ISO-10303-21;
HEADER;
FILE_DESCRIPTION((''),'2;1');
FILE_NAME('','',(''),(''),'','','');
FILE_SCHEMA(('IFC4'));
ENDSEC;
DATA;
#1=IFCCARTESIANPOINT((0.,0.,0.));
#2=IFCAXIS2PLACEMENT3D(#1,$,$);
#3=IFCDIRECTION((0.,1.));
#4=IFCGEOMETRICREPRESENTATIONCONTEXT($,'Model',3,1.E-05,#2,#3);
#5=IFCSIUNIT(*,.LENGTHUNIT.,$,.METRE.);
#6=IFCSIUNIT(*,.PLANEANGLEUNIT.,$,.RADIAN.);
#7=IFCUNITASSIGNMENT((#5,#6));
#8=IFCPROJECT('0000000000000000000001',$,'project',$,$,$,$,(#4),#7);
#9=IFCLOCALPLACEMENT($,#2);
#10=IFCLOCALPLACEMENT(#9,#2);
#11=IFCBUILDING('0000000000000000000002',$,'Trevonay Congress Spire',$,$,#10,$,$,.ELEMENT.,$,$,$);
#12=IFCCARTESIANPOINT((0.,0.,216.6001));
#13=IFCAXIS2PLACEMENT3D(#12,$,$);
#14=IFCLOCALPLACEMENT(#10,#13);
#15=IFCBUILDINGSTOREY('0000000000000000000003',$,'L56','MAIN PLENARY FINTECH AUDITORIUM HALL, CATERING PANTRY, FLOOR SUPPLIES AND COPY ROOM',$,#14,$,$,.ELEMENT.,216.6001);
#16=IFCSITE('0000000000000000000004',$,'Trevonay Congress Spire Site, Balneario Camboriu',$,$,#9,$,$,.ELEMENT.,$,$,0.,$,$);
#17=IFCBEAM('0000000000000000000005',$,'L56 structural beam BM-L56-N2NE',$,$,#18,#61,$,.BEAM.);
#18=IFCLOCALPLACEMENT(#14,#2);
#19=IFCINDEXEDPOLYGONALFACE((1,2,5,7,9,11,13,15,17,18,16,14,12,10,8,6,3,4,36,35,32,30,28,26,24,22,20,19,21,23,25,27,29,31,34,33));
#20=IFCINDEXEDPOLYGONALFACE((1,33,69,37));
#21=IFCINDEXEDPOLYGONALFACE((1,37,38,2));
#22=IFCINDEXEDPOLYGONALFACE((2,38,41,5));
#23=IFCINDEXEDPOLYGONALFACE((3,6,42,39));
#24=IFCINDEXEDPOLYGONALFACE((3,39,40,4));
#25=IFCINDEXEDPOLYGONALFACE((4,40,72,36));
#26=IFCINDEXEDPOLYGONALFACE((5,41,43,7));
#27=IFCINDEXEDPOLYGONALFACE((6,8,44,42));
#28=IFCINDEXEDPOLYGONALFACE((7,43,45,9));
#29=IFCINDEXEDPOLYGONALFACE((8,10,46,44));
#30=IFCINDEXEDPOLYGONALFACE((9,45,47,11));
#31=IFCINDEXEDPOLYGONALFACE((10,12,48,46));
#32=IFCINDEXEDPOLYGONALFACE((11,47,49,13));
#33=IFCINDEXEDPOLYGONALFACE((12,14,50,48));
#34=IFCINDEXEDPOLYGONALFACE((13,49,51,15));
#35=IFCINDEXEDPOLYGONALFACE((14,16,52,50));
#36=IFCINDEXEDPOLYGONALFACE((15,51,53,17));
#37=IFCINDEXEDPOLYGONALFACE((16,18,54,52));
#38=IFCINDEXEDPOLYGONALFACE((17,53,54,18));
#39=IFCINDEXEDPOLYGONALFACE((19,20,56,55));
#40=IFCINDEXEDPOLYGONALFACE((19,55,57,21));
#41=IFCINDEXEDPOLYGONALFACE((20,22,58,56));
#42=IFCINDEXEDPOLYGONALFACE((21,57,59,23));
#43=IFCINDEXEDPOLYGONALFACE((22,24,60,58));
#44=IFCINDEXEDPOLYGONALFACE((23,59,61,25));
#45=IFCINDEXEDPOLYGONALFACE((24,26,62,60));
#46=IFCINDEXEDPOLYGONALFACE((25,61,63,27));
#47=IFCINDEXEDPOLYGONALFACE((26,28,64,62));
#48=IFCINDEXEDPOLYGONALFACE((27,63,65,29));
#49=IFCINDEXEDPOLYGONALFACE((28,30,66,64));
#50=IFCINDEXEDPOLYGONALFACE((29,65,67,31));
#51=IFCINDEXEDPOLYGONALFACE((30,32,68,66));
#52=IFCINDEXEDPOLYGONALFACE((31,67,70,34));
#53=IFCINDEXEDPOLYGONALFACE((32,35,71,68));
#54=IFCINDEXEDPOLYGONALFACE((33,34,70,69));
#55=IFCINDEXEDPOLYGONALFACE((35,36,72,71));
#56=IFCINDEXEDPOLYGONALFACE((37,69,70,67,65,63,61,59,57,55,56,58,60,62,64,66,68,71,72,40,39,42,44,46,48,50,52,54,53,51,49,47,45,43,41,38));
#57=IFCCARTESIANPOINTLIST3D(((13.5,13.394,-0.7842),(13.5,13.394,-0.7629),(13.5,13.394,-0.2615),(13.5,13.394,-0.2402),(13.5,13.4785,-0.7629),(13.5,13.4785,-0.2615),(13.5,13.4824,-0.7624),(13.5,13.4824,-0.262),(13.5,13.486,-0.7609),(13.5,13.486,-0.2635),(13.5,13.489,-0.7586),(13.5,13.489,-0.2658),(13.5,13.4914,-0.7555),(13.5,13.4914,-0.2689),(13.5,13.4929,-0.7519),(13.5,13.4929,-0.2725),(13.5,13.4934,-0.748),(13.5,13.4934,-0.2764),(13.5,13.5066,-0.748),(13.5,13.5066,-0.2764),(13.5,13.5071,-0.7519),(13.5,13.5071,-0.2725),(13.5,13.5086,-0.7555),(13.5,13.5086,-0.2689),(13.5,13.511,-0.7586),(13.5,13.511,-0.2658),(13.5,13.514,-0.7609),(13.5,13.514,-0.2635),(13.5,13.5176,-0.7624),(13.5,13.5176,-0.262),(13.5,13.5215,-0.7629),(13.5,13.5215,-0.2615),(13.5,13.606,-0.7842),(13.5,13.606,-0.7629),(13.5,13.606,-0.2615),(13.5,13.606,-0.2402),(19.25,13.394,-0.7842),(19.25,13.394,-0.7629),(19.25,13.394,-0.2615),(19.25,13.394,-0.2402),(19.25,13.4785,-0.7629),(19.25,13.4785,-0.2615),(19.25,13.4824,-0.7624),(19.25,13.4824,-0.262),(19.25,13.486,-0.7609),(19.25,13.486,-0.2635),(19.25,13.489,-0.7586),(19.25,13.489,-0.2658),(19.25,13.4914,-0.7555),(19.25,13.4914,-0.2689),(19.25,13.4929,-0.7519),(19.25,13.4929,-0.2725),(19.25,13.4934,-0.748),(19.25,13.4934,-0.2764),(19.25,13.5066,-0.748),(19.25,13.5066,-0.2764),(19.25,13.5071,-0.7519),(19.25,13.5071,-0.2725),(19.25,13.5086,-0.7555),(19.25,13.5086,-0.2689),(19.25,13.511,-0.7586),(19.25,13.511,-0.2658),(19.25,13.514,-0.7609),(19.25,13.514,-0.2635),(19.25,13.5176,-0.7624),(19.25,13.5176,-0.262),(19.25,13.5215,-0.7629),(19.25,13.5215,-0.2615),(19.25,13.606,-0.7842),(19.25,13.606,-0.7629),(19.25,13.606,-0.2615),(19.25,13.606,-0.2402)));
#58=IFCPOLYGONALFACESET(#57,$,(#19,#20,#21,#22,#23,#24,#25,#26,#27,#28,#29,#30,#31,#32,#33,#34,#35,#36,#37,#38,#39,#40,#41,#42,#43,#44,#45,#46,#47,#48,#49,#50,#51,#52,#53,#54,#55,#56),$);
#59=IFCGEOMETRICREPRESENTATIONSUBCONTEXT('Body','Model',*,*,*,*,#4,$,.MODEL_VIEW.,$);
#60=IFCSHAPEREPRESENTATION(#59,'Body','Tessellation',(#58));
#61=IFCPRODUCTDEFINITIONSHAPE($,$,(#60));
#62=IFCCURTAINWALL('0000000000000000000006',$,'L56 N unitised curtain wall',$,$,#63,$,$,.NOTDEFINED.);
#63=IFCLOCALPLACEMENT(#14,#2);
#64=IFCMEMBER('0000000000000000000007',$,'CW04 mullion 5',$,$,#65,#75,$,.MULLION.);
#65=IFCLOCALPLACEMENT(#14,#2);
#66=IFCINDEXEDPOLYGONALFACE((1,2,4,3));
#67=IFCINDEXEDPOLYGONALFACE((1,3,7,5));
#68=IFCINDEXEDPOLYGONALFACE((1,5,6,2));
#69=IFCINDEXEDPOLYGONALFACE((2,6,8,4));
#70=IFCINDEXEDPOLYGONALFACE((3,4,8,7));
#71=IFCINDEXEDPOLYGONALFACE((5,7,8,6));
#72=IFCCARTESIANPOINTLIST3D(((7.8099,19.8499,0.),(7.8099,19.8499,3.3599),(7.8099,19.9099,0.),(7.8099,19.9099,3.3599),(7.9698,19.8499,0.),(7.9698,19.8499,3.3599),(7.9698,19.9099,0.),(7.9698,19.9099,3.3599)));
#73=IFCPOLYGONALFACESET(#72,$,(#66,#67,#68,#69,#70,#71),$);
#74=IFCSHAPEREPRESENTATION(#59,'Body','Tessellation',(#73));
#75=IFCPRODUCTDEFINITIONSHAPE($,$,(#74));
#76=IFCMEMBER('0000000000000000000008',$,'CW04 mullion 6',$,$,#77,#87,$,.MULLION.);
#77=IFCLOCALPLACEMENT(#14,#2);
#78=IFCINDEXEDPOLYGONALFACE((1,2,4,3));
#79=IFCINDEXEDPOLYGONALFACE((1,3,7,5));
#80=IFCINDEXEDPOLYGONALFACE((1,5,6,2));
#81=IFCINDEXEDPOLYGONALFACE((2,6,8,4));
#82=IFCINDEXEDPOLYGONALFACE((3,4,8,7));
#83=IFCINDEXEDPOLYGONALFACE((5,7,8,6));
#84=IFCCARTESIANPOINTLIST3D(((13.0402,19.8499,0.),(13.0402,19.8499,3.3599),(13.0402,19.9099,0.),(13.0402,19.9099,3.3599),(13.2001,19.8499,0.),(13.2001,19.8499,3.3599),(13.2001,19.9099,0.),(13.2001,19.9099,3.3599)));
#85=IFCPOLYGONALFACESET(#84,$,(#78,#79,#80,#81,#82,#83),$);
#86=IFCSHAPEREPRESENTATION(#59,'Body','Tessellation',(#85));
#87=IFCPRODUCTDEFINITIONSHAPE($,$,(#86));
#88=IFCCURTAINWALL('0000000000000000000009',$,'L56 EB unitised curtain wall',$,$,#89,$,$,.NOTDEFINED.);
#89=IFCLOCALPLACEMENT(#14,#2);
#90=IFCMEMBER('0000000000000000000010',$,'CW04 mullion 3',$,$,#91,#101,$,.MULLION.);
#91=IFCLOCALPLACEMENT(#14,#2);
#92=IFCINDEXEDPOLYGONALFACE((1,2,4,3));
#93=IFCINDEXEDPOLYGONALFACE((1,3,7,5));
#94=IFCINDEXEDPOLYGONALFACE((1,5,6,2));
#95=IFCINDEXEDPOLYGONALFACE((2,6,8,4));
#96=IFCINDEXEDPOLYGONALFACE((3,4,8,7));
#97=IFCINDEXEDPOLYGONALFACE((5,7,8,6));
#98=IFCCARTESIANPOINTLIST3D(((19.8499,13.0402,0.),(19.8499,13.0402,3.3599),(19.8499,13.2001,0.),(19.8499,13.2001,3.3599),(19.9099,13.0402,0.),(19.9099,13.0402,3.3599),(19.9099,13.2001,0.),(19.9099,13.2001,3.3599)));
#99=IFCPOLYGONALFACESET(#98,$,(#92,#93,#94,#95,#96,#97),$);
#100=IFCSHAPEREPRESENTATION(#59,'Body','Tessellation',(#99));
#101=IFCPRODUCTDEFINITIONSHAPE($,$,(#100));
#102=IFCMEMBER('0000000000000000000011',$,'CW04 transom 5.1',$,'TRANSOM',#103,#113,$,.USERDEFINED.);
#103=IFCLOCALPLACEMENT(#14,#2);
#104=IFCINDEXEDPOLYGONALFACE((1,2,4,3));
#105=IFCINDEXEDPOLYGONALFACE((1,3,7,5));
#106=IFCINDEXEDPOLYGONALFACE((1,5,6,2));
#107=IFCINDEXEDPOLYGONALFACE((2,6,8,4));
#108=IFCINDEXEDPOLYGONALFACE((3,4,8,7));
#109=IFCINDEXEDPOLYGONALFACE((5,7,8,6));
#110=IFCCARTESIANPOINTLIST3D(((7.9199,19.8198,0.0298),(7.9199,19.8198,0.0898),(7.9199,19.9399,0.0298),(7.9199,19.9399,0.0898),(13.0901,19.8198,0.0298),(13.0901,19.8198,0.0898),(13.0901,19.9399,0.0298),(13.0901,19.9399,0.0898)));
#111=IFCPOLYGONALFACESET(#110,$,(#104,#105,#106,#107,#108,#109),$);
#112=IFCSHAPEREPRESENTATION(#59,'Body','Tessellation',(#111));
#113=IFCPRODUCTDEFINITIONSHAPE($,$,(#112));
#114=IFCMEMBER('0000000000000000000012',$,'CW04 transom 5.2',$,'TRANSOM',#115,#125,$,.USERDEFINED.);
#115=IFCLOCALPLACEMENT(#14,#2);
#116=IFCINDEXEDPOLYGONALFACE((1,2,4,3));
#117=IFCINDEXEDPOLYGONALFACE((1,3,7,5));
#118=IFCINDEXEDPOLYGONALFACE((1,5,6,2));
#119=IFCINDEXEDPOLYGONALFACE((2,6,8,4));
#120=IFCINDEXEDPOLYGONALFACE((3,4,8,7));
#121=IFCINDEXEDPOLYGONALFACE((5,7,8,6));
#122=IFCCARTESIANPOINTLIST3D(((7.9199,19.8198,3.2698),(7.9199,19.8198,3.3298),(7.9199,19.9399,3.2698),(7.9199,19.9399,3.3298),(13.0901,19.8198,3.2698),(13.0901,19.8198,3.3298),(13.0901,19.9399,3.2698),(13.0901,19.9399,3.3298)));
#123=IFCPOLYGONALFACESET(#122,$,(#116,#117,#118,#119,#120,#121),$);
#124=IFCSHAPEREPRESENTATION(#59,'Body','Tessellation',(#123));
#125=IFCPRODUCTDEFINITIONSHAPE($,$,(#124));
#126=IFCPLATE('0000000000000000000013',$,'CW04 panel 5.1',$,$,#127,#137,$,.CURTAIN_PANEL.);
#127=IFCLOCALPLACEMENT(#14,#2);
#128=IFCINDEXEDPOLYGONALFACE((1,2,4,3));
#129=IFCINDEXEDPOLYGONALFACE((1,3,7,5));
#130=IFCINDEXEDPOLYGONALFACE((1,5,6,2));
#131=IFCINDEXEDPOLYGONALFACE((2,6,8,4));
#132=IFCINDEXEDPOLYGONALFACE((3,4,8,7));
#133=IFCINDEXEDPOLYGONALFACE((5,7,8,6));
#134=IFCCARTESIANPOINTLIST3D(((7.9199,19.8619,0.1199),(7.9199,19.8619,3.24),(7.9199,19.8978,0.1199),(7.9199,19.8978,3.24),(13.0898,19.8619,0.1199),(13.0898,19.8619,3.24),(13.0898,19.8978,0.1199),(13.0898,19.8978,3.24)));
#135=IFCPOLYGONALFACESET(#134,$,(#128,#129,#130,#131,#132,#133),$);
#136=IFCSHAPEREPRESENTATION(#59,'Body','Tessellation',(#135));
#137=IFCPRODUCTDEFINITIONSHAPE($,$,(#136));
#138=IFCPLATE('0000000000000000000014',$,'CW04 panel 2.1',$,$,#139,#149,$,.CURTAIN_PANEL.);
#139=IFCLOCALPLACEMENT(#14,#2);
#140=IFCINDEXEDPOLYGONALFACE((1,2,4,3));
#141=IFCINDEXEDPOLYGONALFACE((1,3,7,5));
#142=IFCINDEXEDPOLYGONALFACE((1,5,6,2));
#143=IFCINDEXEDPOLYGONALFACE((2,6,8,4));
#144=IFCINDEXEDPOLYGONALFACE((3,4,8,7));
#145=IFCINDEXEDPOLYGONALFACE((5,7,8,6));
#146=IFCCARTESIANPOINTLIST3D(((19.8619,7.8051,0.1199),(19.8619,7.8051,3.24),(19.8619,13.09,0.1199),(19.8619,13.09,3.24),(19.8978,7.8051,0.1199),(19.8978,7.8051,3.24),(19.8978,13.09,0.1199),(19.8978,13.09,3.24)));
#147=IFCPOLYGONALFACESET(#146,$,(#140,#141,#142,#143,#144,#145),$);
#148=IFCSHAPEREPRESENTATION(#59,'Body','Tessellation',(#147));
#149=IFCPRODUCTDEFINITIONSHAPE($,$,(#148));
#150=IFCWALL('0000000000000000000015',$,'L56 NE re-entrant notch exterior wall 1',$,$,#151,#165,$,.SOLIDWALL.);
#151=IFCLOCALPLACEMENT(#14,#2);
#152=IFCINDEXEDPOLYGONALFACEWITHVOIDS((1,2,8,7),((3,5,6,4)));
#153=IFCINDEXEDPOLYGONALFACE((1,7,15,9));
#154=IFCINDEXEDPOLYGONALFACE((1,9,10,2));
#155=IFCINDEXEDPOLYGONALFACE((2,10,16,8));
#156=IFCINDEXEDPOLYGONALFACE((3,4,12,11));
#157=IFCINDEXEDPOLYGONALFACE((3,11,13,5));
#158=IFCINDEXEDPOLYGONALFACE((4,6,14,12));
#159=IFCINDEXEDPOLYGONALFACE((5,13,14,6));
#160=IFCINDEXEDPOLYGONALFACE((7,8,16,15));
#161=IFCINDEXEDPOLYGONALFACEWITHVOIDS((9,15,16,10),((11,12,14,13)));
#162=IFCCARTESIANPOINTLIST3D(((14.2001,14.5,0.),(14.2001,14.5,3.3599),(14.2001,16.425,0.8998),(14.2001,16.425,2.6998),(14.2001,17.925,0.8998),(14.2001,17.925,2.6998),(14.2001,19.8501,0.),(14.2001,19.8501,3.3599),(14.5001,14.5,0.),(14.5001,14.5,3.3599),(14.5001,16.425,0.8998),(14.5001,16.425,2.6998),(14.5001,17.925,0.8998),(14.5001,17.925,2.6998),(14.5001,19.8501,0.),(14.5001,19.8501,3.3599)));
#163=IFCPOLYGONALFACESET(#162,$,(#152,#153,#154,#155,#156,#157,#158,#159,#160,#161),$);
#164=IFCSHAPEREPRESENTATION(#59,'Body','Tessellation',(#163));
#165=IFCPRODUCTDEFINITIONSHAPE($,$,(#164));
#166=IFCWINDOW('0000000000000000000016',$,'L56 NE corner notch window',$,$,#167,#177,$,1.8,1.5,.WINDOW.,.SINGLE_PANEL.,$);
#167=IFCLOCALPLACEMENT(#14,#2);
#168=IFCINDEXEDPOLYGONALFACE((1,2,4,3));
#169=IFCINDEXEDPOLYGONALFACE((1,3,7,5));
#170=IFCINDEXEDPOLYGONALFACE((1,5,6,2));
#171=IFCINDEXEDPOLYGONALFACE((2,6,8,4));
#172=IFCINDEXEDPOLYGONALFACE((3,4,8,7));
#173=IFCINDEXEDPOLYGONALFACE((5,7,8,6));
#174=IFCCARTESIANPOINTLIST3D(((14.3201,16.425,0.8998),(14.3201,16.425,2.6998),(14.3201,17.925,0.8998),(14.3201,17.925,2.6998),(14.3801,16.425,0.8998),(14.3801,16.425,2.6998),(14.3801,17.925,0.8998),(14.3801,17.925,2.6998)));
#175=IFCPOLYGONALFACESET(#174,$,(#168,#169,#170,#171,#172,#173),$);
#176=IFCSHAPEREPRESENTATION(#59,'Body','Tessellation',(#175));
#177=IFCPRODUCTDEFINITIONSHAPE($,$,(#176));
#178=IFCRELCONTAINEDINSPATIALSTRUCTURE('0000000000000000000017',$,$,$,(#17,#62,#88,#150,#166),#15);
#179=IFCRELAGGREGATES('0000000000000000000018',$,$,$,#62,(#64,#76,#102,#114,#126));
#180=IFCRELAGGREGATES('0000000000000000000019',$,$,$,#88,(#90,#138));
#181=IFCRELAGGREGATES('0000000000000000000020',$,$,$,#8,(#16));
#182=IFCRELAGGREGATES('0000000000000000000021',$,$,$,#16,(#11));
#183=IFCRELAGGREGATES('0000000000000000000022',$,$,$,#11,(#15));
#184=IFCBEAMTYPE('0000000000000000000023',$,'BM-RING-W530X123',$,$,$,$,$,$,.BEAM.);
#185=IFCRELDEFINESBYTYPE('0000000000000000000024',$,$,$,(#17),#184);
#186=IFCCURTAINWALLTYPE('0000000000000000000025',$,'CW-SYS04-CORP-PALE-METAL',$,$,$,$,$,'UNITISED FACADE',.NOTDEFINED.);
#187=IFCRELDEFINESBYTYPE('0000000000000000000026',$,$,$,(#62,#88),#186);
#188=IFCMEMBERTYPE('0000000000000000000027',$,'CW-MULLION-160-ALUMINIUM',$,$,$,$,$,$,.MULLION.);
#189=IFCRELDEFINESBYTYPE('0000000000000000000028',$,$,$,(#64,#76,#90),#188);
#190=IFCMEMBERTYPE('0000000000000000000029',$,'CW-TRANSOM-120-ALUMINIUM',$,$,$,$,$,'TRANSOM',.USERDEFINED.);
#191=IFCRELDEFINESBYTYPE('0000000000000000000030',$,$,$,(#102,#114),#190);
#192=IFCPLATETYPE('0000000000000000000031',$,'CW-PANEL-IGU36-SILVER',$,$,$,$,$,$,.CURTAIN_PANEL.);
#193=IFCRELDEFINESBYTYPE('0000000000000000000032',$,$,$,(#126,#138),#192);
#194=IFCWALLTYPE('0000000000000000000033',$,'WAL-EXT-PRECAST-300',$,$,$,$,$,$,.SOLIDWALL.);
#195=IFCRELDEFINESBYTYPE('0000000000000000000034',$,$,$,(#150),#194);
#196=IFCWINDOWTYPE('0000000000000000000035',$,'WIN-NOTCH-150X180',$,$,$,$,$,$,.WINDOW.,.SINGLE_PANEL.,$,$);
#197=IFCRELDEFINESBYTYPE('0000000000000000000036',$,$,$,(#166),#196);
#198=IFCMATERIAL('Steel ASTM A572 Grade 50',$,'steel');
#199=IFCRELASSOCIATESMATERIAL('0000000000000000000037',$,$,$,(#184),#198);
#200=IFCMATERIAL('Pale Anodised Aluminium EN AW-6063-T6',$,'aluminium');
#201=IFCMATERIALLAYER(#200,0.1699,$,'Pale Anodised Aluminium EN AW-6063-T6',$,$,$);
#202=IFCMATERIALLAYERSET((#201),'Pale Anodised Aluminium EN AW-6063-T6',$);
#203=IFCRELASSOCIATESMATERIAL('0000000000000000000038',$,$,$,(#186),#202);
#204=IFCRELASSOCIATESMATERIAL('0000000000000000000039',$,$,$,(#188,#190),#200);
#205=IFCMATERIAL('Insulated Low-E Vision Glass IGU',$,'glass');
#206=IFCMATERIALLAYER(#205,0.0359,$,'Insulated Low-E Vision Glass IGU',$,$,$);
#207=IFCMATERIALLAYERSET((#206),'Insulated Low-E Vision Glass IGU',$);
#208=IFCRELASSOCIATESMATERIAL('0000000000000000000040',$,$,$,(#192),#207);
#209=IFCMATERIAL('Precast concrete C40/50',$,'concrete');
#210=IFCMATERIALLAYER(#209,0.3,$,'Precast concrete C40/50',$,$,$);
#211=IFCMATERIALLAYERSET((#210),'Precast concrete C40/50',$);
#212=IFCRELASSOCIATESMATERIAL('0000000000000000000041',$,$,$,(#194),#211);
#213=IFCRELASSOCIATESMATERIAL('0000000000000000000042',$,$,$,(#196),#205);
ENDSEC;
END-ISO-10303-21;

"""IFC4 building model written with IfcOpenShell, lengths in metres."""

from ifc_helpers import new_model, si_unit, direction, frame, frame_2d, origin, origin_2d, place, context, subcontext, project, spatial, rectangle, i_section, extrude, material, layer, layer_set, material_profile, profile_set, type_object, element, fill, aggregate, save


model = new_model("IFC4")

# Units and contexts
model_context = context("Model", 3, precision=1e-05, world=origin(), true_north=direction((0.0, 1.0)))
body_context = subcontext(model_context, "Body", "Model", "MODEL_VIEW")
ifc_project = project(units=[si_unit("LENGTHUNIT", "METRE"), si_unit("PLANEANGLEUNIT", "RADIAN")], contexts=[model_context])

# Site, building, storey
site_placement = place(None, origin())
site = spatial("IfcSite", under=ifc_project, at=site_placement, Name="Trevonay Congress Spire Site, Balneario Camboriu", CompositionType="ELEMENT", RefElevation=0.0)
building_placement = place(site_placement, origin())
building = spatial("IfcBuilding", under=site, at=building_placement, Name="Trevonay Congress Spire", CompositionType="ELEMENT")
storey_placement = place(building_placement, frame((0.0, 0.0, 216.6001)))
storey = spatial("IfcBuildingStorey", under=building, at=storey_placement, Name="L56", Description="MAIN PLENARY FINTECH AUDITORIUM HALL, CATERING PANTRY, FLOOR SUPPLIES AND COPY ROOM", CompositionType="ELEMENT", Elevation=216.6001)

# Shared definitions
ifc_material_1 = material(Name="Steel ASTM A572 Grade 50", Category="steel")

# Beam
ifc_material_profile_1 = material_profile(ifc_material_1, i_section(OverallWidth=0.2119, OverallDepth=0.5439, WebThickness=0.0132, FlangeThickness=0.0212, FilletRadius=0.0149, at=origin_2d()), Name="W530x123")
ifc_profile_set_1 = profile_set([ifc_material_profile_1], Name="Steel ASTM A572 Grade 50")
beam_type = type_object("IfcBeamType", Name="BM-RING-W530X123", PredefinedType="BEAM", material=ifc_profile_set_1)
for number, where, z_axis, x_axis, name in (
    (1, (19.25, 13.5, -0.5122), (-1.0, 0.0, 0.0), (0.0, -1.0, 0.0), "L56 structural beam BM-L56-N2NE"),
):
    element("IfcBeam", number, at=place(storey_placement, frame(where, z_axis=z_axis, x_axis=x_axis)), inside=storey, type_object=beam_type, Name=name, PredefinedType="BEAM", context=body_context, shape_type="SweptSolid", body=[
        extrude(i_section(OverallWidth=0.2119, OverallDepth=0.5439, WebThickness=0.0132, FlangeThickness=0.0212, FilletRadius=0.0149, at=origin_2d()), origin(), (0.0, 0.0, 1.0), 5.75),
    ])

# Curtain wall, members
ifc_material_2 = material(Name="Pale Anodised Aluminium EN AW-6063-T6", Category="aluminium")
ifc_layer_1 = layer(ifc_material_2, 0.1699, Name="Pale Anodised Aluminium EN AW-6063-T6")
ifc_layer_set_1 = layer_set([ifc_layer_1], Name="Pale Anodised Aluminium EN AW-6063-T6")
curtain_wall_type = type_object("IfcCurtainWallType", Name="CW-SYS04-CORP-PALE-METAL", ElementType="UNITISED FACADE", PredefinedType="NOTDEFINED", material=ifc_layer_set_1)
curtain_wall_1_placement = place(storey_placement, origin())
curtain_wall_1 = element("IfcCurtainWall", 2, at=curtain_wall_1_placement, inside=storey, type_object=curtain_wall_type, Name="L56 N unitised curtain wall", PredefinedType="NOTDEFINED")
ifc_material_profile_2 = material_profile(ifc_material_2, rectangle(XDim=0.0601, YDim=0.1599, at=origin_2d()), Name="CW-MULLION-160-ALUMINIUM")
ifc_profile_set_2 = profile_set([ifc_material_profile_2], Name="Pale Anodised Aluminium EN AW-6063-T6")
member_type_1 = type_object("IfcMemberType", Name="CW-MULLION-160-ALUMINIUM", PredefinedType="MULLION", material=ifc_profile_set_2)
member_1_placement = place(storey_placement, frame((7.8899, 19.8799, 0.0), z_axis=(0.0, 0.0, 1.0), x_axis=(0.0, 1.0, 0.0)))
member_1 = element("IfcMember", 3, at=member_1_placement, type_object=member_type_1, Name="CW04 mullion 5", PredefinedType="MULLION", context=body_context, shape_type="SweptSolid", body=[
    extrude(rectangle(XDim=0.0601, YDim=0.1599, at=origin_2d()), origin(), (0.0, 0.0, 1.0), 3.3599),
])
member_2_placement = place(storey_placement, frame((13.1201, 19.8799, 0.0), z_axis=(0.0, 0.0, 1.0), x_axis=(0.0, 1.0, 0.0)))
member_2 = element("IfcMember", 4, at=member_2_placement, type_object=member_type_1, Name="CW04 mullion 6", PredefinedType="MULLION", context=body_context, shape_type="SweptSolid", body=[
    extrude(rectangle(XDim=0.0601, YDim=0.1599, at=origin_2d()), origin(), (0.0, 0.0, 1.0), 3.3599),
])

# Curtain wall, member
curtain_wall_2_placement = place(storey_placement, origin())
curtain_wall_2 = element("IfcCurtainWall", 5, at=curtain_wall_2_placement, inside=storey, type_object=curtain_wall_type, Name="L56 EB unitised curtain wall", PredefinedType="NOTDEFINED")
member_3_placement = place(storey_placement, frame((19.8799, 13.1201, 0.0), z_axis=(0.0, 0.0, 1.0), x_axis=(-1.0, 0.0, 0.0)))
member_3 = element("IfcMember", 6, at=member_3_placement, type_object=member_type_1, Name="CW04 mullion 3", PredefinedType="MULLION", context=body_context, shape_type="SweptSolid", body=[
    extrude(rectangle(XDim=0.0601, YDim=0.1599, at=origin_2d()), origin(), (0.0, 0.0, 1.0), 3.3599),
])

# Members
ifc_material_profile_3 = material_profile(ifc_material_2, rectangle(XDim=0.1201, YDim=0.0601, at=origin_2d()), Name="CW-TRANSOM-120-ALUMINIUM")
ifc_profile_set_3 = profile_set([ifc_material_profile_3], Name="Pale Anodised Aluminium EN AW-6063-T6")
member_type_2 = type_object("IfcMemberType", Name="CW-TRANSOM-120-ALUMINIUM", ElementType="TRANSOM", PredefinedType="USERDEFINED", material=ifc_profile_set_3)
member_4_placement = place(storey_placement, frame((7.9199, 19.8799, 0.0598), z_axis=(1.0, 0.0, 0.0), x_axis=(0.0, 1.0, 0.0)))
member_4 = element("IfcMember", 7, at=member_4_placement, type_object=member_type_2, Name="CW04 transom 5.1", ObjectType="TRANSOM", PredefinedType="USERDEFINED", context=body_context, shape_type="SweptSolid", body=[
    extrude(rectangle(XDim=0.1201, YDim=0.0601, at=origin_2d()), origin(), (0.0, 0.0, 1.0), 5.1702),
])
member_5_placement = place(storey_placement, frame((7.9199, 19.8799, 3.2998), z_axis=(1.0, 0.0, 0.0), x_axis=(0.0, 1.0, 0.0)))
member_5 = element("IfcMember", 8, at=member_5_placement, type_object=member_type_2, Name="CW04 transom 5.2", ObjectType="TRANSOM", PredefinedType="USERDEFINED", context=body_context, shape_type="SweptSolid", body=[
    extrude(rectangle(XDim=0.1201, YDim=0.0601, at=origin_2d()), origin(), (0.0, 0.0, 1.0), 5.1702),
])

# Plates
ifc_material_3 = material(Name="Insulated Low-E Vision Glass IGU", Category="glass")
ifc_layer_2 = layer(ifc_material_3, 0.0359, Name="Insulated Low-E Vision Glass IGU")
ifc_layer_set_2 = layer_set([ifc_layer_2], Name="Insulated Low-E Vision Glass IGU")
plate_type = type_object("IfcPlateType", Name="CW-PANEL-IGU36-SILVER", PredefinedType="CURTAIN_PANEL", material=ifc_layer_set_2)
plate_1_placement = place(storey_placement, frame((10.5049, 19.8799, 0.1199), z_axis=(0.0, 0.0, 1.0), x_axis=(1.0, 0.0, 0.0)))
plate_1 = element("IfcPlate", 9, at=plate_1_placement, type_object=plate_type, Name="CW04 panel 5.1", PredefinedType="CURTAIN_PANEL", context=body_context, shape_type="SweptSolid", body=[
    extrude(rectangle(XDim=5.1699, YDim=0.0359, at=origin_2d()), origin(), (0.0, 0.0, 1.0), 3.1201),
])
aggregate(curtain_wall_1, [member_1, member_2, member_4, member_5, plate_1])
plate_2_placement = place(storey_placement, frame((19.8799, 10.4475, 0.1199), z_axis=(0.0, 0.0, 1.0), x_axis=(0.0, 1.0, 0.0)))
plate_2 = element("IfcPlate", 10, at=plate_2_placement, type_object=plate_type, Name="CW04 panel 2.1", PredefinedType="CURTAIN_PANEL", context=body_context, shape_type="SweptSolid", body=[
    extrude(rectangle(XDim=5.2849, YDim=0.0359, at=origin_2d()), origin(), (0.0, 0.0, 1.0), 3.1201),
])
aggregate(curtain_wall_2, [member_3, plate_2])

# Wall, opening, window
ifc_material_4 = material(Name="Precast concrete C40/50", Category="concrete")
ifc_layer_3 = layer(ifc_material_4, 0.3, Name="Precast concrete C40/50")
ifc_layer_set_3 = layer_set([ifc_layer_3], Name="Precast concrete C40/50")
wall_type_1 = type_object("IfcWallType", Name="WAL-EXT-PRECAST-300", PredefinedType="SOLIDWALL", material=ifc_layer_set_3)
wall_1_placement = place(storey_placement, frame((14.3501, 19.8501, 0.0), z_axis=(0.0, 0.0, 1.0), x_axis=(0.0, -1.0, 0.0)))
wall_1 = element("IfcWall", 11, at=wall_1_placement, inside=storey, type_object=wall_type_1, Name="L56 NE re-entrant notch exterior wall 1", PredefinedType="SOLIDWALL", context=body_context, shape_type="SweptSolid", body=[
    extrude(rectangle(XDim=5.3501, YDim=0.3, at=frame_2d((2.675, 0.0))), origin(), (0.0, 0.0, 1.0), 3.3599),
])
opening_placement = place(wall_1_placement, frame((1.925, 0.0, 0.8999)))
opening = element("IfcOpeningElement", 12, at=opening_placement, cuts=wall_1, PredefinedType="OPENING", context=body_context, shape_type="SweptSolid", body=[
    extrude(rectangle(XDim=1.5, YDim=1.8, at=frame_2d((0.75, 0.8999))), frame((0.0, 0.1602, 0.0), z_axis=(0.0, -1.0, 0.0), x_axis=(1.0, 0.0, 0.0)), (0.0, 0.0, 1.0), 0.3201),
])
window_type = type_object("IfcWindowType", Name="WIN-NOTCH-150X180", PartitioningType="SINGLE_PANEL", PredefinedType="WINDOW", material=ifc_material_3)
window_placement = place(opening_placement, origin())
window = element("IfcWindow", 13, at=window_placement, inside=storey, type_object=window_type, Name="L56 NE corner notch window", OverallHeight=1.8, OverallWidth=1.5, PartitioningType="SINGLE_PANEL", PredefinedType="WINDOW", context=body_context, shape_type="SweptSolid", body=[
    extrude(rectangle(XDim=1.5, YDim=1.8, at=frame_2d((0.75, 0.8999))), frame((0.0, 0.03, 0.0), z_axis=(0.0, -1.0, 0.0), x_axis=(1.0, 0.0, 0.0)), (0.0, 0.0, 1.0), 0.0601),
])
fill(opening, window)

save(model, "model.ifc")
